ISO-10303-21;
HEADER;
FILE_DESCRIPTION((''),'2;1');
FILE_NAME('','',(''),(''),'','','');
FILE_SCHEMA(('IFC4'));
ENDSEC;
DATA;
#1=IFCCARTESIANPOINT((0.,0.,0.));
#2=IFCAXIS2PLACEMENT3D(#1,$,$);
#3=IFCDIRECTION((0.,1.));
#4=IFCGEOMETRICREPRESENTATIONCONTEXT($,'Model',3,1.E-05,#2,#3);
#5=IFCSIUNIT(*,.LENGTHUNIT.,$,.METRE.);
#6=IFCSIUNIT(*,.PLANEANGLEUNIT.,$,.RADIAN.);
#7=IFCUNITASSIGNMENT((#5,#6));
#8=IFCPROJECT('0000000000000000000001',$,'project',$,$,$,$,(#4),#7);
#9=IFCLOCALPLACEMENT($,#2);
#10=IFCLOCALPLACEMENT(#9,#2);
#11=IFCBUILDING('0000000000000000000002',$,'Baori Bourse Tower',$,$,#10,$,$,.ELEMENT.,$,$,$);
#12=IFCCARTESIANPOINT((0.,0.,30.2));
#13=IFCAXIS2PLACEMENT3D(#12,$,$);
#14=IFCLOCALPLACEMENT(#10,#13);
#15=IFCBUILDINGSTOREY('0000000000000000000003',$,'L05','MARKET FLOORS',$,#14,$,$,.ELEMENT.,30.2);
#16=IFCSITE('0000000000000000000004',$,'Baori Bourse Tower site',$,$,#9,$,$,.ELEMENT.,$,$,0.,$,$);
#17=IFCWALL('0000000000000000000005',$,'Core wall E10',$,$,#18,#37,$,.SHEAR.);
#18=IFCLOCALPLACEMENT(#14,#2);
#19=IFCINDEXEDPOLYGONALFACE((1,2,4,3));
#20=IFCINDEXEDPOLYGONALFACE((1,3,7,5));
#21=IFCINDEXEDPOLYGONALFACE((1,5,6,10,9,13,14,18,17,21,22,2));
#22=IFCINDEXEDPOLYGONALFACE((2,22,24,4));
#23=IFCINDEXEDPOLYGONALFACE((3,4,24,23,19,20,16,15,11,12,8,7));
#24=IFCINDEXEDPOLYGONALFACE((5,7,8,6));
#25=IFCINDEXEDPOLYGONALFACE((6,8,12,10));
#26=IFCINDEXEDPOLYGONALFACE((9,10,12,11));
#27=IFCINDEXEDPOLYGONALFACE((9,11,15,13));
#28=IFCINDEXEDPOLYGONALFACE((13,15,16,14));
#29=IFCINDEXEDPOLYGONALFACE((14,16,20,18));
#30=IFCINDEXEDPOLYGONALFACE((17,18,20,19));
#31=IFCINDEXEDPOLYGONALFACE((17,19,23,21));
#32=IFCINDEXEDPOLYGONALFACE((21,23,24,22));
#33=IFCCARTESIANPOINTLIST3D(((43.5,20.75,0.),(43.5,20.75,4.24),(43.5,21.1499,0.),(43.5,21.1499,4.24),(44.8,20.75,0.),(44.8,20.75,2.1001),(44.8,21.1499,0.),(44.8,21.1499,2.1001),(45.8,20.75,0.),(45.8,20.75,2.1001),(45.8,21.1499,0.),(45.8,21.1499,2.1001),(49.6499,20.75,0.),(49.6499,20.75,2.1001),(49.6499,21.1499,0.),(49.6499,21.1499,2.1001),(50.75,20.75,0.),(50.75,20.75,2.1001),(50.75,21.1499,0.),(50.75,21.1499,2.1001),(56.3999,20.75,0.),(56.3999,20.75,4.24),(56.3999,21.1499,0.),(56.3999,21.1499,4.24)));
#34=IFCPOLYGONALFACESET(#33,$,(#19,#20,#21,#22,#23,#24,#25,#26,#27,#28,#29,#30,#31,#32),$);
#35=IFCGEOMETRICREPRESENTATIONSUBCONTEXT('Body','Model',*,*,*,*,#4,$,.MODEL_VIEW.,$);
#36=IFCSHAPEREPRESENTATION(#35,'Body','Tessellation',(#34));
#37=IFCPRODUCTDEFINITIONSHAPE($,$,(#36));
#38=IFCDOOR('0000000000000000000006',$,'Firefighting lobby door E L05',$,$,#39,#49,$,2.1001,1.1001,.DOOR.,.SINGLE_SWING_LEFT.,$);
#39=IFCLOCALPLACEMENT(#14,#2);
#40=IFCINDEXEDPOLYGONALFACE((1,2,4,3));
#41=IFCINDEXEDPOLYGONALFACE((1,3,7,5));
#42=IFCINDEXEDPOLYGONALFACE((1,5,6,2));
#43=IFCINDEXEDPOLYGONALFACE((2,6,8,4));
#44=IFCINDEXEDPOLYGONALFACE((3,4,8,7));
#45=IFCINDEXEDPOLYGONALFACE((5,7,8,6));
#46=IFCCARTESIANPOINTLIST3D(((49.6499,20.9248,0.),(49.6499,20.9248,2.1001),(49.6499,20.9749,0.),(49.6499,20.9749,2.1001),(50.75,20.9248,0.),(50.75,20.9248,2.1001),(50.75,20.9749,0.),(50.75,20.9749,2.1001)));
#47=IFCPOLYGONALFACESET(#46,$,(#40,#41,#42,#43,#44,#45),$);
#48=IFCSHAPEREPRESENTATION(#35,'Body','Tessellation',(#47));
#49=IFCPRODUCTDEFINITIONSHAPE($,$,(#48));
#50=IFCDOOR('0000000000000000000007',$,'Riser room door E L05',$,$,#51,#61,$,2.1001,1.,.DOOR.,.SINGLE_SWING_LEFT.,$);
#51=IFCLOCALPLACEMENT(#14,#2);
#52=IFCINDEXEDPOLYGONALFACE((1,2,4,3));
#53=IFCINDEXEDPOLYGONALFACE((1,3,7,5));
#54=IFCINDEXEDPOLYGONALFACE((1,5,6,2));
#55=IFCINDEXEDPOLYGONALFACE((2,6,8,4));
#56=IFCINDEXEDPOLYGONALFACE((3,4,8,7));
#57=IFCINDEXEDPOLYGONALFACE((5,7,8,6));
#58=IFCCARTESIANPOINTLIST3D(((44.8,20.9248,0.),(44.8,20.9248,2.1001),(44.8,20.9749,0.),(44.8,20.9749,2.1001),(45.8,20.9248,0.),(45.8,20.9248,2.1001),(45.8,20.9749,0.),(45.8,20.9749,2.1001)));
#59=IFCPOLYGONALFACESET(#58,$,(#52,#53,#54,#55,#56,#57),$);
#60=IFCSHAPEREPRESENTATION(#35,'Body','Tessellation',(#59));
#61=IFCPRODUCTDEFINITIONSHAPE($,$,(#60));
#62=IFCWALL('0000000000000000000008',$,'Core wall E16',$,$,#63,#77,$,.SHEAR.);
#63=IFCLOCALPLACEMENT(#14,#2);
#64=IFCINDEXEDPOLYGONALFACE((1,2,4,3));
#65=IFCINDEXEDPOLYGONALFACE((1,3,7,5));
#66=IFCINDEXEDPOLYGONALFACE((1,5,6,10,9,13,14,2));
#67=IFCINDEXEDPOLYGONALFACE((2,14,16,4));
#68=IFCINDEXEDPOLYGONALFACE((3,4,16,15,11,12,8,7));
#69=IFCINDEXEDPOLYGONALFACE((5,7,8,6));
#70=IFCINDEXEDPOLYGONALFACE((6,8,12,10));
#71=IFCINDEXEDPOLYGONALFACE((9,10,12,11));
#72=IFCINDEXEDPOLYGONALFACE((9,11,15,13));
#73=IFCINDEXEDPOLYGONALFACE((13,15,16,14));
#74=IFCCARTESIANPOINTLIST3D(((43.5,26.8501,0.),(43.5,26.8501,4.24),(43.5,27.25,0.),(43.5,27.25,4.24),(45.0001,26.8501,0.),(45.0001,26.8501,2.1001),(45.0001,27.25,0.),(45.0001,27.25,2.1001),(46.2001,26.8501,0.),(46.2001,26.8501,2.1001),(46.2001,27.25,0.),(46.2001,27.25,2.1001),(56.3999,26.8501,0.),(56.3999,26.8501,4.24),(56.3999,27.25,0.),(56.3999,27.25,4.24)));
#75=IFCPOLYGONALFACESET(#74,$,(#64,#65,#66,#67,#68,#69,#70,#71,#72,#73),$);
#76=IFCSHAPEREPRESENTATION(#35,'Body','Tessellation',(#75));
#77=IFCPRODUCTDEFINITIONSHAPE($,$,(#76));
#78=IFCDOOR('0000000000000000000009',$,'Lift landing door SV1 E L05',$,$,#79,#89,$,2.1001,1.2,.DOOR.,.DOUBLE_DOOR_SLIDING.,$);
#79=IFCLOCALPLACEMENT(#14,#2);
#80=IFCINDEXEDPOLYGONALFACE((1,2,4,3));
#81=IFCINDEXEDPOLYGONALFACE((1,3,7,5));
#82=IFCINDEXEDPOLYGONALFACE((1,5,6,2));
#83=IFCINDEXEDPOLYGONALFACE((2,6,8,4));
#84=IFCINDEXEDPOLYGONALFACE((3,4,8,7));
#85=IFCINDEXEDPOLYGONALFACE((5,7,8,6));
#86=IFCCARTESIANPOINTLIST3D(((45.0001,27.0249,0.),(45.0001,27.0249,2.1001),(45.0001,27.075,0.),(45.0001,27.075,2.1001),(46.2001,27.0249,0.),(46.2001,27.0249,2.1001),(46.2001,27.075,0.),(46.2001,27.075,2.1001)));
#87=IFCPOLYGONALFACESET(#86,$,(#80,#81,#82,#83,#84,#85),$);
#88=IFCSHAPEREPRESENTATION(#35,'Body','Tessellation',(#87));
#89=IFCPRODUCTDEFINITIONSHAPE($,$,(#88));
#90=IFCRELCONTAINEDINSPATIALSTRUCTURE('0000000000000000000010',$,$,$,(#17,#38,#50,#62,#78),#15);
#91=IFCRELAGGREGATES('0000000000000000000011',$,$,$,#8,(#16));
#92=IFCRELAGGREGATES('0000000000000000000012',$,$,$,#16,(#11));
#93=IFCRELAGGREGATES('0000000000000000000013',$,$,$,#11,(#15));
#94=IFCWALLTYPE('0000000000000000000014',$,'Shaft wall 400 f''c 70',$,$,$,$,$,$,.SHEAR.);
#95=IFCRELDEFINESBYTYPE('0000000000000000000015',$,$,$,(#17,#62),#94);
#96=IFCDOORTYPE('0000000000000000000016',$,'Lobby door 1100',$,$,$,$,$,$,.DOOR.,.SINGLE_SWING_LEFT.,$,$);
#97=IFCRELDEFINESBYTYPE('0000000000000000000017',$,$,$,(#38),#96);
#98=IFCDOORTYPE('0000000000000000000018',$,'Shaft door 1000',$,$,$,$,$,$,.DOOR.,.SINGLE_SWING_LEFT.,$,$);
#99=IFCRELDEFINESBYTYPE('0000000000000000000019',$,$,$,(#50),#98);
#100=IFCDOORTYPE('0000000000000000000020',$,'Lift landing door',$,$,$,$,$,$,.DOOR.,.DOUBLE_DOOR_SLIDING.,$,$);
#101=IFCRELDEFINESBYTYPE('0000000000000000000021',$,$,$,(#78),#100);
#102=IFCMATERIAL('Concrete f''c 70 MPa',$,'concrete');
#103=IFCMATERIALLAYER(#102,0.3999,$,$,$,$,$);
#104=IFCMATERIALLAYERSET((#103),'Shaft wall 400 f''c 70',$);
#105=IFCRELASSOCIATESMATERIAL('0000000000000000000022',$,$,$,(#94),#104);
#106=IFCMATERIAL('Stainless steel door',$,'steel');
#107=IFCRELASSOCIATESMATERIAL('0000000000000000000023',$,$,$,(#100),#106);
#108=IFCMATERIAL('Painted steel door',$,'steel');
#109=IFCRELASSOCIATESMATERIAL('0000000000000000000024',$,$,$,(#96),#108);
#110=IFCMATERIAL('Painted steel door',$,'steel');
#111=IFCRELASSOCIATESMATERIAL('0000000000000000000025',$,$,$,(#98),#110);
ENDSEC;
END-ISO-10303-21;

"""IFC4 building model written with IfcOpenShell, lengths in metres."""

from ifc_helpers import new_model, si_unit, direction, frame, frame_2d, origin, place, context, subcontext, project, spatial, rectangle, extrude, material, layer, layer_set, type_object, element, fill, save


model = new_model("IFC4")

# Units and contexts
model_context = context("Model", 3, precision=1e-05, world=origin(), true_north=direction((0.0, 1.0)))
body_context = subcontext(model_context, "Body", "Model", "MODEL_VIEW")
ifc_project = project(units=[si_unit("LENGTHUNIT", "METRE"), si_unit("PLANEANGLEUNIT", "RADIAN")], contexts=[model_context])

# Site, building, storey
site_placement = place(None, origin())
site = spatial("IfcSite", under=ifc_project, at=site_placement, Name="Baori Bourse Tower site", CompositionType="ELEMENT", RefElevation=0.0)
building_placement = place(site_placement, origin())
building = spatial("IfcBuilding", under=site, at=building_placement, Name="Baori Bourse Tower", CompositionType="ELEMENT")
storey_placement = place(building_placement, frame((0.0, 0.0, 30.2)))
storey = spatial("IfcBuildingStorey", under=building, at=storey_placement, Name="L05", Description="MARKET FLOORS", CompositionType="ELEMENT", Elevation=30.2)

# Shared definitions
ifc_material_1 = material(Name="Concrete f'c 70 MPa", Category="concrete")
ifc_layer_1 = layer(ifc_material_1, 0.3999)
ifc_layer_set_1 = layer_set([ifc_layer_1], Name="Shaft wall 400 f'c 70")
wall_type_1 = type_object("IfcWallType", Name="Shaft wall 400 f'c 70", PredefinedType="SHEAR", material=ifc_layer_set_1)

# Wall, openings, doors
ifc_material_2 = material(Name="Stainless steel door", Category="steel")
door_type_1 = type_object("IfcDoorType", Name="Lift landing door", OperationType="DOUBLE_DOOR_SLIDING", PredefinedType="DOOR", material=ifc_material_2)
wall_1_placement = place(storey_placement, frame((43.5, 20.95, 0.0), z_axis=(0.0, 0.0, 1.0), x_axis=(1.0, 0.0, 0.0)))
wall_1 = element("IfcWall", 1, at=wall_1_placement, inside=storey, type_object=wall_type_1, Name="Core wall E10", PredefinedType="SHEAR", context=body_context, shape_type="SweptSolid", body=[
    extrude(rectangle(XDim=12.8999, YDim=0.3999, at=frame_2d((6.45, 0.0))), origin(), (0.0, 0.0, 1.0), 4.24),
])
opening_1_placement = place(wall_1_placement, frame((6.1499, 0.0, 0.0)))
opening_1 = element("IfcOpeningElement", 2, at=opening_1_placement, cuts=wall_1, PredefinedType="OPENING", context=body_context, shape_type="SweptSolid", body=[
    extrude(rectangle(XDim=1.1001, YDim=2.1001, at=frame_2d((0.55, 1.05))), frame((0.0, 0.21, 0.0), z_axis=(0.0, -1.0, 0.0), x_axis=(1.0, 0.0, 0.0)), (0.0, 0.0, 1.0), 0.4199),
])
opening_2_placement = place(wall_1_placement, frame((1.3, 0.0, 0.0)))
opening_2 = element("IfcOpeningElement", 3, at=opening_2_placement, cuts=wall_1, PredefinedType="OPENING", context=body_context, shape_type="SweptSolid", body=[
    extrude(rectangle(XDim=1.0, YDim=2.1001, at=frame_2d((0.5, 1.05))), frame((0.0, 0.21, 0.0), z_axis=(0.0, -1.0, 0.0), x_axis=(1.0, 0.0, 0.0)), (0.0, 0.0, 1.0), 0.4199),
])
ifc_material_3 = material(Name="Painted steel door", Category="steel")
door_type_2 = type_object("IfcDoorType", Name="Lobby door 1100", OperationType="SINGLE_SWING_LEFT", PredefinedType="DOOR", material=ifc_material_3)
door_1_placement = place(opening_1_placement, origin())
door_1 = element("IfcDoor", 4, at=door_1_placement, inside=storey, type_object=door_type_2, Name="Firefighting lobby door E L05", OperationType="SINGLE_SWING_LEFT", OverallHeight=2.1001, OverallWidth=1.1001, PredefinedType="DOOR", context=body_context, shape_type="SweptSolid", body=[
    extrude(rectangle(XDim=1.1001, YDim=2.1001, at=frame_2d((0.55, 1.05))), frame((0.0, 0.0249, 0.0), z_axis=(0.0, -1.0, 0.0), x_axis=(1.0, 0.0, 0.0)), (0.0, 0.0, 1.0), 0.05),
])
fill(opening_1, door_1)
ifc_material_4 = material(Name="Painted steel door", Category="steel")
door_type_3 = type_object("IfcDoorType", Name="Shaft door 1000", OperationType="SINGLE_SWING_LEFT", PredefinedType="DOOR", material=ifc_material_4)
door_2_placement = place(opening_2_placement, origin())
door_2 = element("IfcDoor", 5, at=door_2_placement, inside=storey, type_object=door_type_3, Name="Riser room door E L05", OperationType="SINGLE_SWING_LEFT", OverallHeight=2.1001, OverallWidth=1.0, PredefinedType="DOOR", context=body_context, shape_type="SweptSolid", body=[
    extrude(rectangle(XDim=1.0, YDim=2.1001, at=frame_2d((0.5, 1.05))), frame((0.0, 0.0249, 0.0), z_axis=(0.0, -1.0, 0.0), x_axis=(1.0, 0.0, 0.0)), (0.0, 0.0, 1.0), 0.05),
])
fill(opening_2, door_2)

# Wall, opening, door
wall_2_placement = place(storey_placement, frame((43.5, 27.05, 0.0), z_axis=(0.0, 0.0, 1.0), x_axis=(1.0, 0.0, 0.0)))
wall_2 = element("IfcWall", 6, at=wall_2_placement, inside=storey, type_object=wall_type_1, Name="Core wall E16", PredefinedType="SHEAR", context=body_context, shape_type="SweptSolid", body=[
    extrude(rectangle(XDim=12.8999, YDim=0.3999, at=frame_2d((6.45, 0.0))), origin(), (0.0, 0.0, 1.0), 4.24),
])
opening_3_placement = place(wall_2_placement, frame((1.5, 0.0, 0.0)))
opening_3 = element("IfcOpeningElement", 7, at=opening_3_placement, cuts=wall_2, PredefinedType="OPENING", context=body_context, shape_type="SweptSolid", body=[
    extrude(rectangle(XDim=1.2, YDim=2.1001, at=frame_2d((0.6001, 1.05))), frame((0.0, 0.21, 0.0), z_axis=(0.0, -1.0, 0.0), x_axis=(1.0, 0.0, 0.0)), (0.0, 0.0, 1.0), 0.4199),
])
door_3_placement = place(opening_3_placement, origin())
door_3 = element("IfcDoor", 8, at=door_3_placement, inside=storey, type_object=door_type_1, Name="Lift landing door SV1 E L05", OperationType="DOUBLE_DOOR_SLIDING", OverallHeight=2.1001, OverallWidth=1.2, PredefinedType="DOOR", context=body_context, shape_type="SweptSolid", body=[
    extrude(rectangle(XDim=1.2, YDim=2.1001, at=frame_2d((0.6001, 1.05))), frame((0.0, 0.0249, 0.0), z_axis=(0.0, -1.0, 0.0), x_axis=(1.0, 0.0, 0.0)), (0.0, 0.0, 1.0), 0.05),
])
fill(opening_3, door_3)

save(model, "model.ifc")
